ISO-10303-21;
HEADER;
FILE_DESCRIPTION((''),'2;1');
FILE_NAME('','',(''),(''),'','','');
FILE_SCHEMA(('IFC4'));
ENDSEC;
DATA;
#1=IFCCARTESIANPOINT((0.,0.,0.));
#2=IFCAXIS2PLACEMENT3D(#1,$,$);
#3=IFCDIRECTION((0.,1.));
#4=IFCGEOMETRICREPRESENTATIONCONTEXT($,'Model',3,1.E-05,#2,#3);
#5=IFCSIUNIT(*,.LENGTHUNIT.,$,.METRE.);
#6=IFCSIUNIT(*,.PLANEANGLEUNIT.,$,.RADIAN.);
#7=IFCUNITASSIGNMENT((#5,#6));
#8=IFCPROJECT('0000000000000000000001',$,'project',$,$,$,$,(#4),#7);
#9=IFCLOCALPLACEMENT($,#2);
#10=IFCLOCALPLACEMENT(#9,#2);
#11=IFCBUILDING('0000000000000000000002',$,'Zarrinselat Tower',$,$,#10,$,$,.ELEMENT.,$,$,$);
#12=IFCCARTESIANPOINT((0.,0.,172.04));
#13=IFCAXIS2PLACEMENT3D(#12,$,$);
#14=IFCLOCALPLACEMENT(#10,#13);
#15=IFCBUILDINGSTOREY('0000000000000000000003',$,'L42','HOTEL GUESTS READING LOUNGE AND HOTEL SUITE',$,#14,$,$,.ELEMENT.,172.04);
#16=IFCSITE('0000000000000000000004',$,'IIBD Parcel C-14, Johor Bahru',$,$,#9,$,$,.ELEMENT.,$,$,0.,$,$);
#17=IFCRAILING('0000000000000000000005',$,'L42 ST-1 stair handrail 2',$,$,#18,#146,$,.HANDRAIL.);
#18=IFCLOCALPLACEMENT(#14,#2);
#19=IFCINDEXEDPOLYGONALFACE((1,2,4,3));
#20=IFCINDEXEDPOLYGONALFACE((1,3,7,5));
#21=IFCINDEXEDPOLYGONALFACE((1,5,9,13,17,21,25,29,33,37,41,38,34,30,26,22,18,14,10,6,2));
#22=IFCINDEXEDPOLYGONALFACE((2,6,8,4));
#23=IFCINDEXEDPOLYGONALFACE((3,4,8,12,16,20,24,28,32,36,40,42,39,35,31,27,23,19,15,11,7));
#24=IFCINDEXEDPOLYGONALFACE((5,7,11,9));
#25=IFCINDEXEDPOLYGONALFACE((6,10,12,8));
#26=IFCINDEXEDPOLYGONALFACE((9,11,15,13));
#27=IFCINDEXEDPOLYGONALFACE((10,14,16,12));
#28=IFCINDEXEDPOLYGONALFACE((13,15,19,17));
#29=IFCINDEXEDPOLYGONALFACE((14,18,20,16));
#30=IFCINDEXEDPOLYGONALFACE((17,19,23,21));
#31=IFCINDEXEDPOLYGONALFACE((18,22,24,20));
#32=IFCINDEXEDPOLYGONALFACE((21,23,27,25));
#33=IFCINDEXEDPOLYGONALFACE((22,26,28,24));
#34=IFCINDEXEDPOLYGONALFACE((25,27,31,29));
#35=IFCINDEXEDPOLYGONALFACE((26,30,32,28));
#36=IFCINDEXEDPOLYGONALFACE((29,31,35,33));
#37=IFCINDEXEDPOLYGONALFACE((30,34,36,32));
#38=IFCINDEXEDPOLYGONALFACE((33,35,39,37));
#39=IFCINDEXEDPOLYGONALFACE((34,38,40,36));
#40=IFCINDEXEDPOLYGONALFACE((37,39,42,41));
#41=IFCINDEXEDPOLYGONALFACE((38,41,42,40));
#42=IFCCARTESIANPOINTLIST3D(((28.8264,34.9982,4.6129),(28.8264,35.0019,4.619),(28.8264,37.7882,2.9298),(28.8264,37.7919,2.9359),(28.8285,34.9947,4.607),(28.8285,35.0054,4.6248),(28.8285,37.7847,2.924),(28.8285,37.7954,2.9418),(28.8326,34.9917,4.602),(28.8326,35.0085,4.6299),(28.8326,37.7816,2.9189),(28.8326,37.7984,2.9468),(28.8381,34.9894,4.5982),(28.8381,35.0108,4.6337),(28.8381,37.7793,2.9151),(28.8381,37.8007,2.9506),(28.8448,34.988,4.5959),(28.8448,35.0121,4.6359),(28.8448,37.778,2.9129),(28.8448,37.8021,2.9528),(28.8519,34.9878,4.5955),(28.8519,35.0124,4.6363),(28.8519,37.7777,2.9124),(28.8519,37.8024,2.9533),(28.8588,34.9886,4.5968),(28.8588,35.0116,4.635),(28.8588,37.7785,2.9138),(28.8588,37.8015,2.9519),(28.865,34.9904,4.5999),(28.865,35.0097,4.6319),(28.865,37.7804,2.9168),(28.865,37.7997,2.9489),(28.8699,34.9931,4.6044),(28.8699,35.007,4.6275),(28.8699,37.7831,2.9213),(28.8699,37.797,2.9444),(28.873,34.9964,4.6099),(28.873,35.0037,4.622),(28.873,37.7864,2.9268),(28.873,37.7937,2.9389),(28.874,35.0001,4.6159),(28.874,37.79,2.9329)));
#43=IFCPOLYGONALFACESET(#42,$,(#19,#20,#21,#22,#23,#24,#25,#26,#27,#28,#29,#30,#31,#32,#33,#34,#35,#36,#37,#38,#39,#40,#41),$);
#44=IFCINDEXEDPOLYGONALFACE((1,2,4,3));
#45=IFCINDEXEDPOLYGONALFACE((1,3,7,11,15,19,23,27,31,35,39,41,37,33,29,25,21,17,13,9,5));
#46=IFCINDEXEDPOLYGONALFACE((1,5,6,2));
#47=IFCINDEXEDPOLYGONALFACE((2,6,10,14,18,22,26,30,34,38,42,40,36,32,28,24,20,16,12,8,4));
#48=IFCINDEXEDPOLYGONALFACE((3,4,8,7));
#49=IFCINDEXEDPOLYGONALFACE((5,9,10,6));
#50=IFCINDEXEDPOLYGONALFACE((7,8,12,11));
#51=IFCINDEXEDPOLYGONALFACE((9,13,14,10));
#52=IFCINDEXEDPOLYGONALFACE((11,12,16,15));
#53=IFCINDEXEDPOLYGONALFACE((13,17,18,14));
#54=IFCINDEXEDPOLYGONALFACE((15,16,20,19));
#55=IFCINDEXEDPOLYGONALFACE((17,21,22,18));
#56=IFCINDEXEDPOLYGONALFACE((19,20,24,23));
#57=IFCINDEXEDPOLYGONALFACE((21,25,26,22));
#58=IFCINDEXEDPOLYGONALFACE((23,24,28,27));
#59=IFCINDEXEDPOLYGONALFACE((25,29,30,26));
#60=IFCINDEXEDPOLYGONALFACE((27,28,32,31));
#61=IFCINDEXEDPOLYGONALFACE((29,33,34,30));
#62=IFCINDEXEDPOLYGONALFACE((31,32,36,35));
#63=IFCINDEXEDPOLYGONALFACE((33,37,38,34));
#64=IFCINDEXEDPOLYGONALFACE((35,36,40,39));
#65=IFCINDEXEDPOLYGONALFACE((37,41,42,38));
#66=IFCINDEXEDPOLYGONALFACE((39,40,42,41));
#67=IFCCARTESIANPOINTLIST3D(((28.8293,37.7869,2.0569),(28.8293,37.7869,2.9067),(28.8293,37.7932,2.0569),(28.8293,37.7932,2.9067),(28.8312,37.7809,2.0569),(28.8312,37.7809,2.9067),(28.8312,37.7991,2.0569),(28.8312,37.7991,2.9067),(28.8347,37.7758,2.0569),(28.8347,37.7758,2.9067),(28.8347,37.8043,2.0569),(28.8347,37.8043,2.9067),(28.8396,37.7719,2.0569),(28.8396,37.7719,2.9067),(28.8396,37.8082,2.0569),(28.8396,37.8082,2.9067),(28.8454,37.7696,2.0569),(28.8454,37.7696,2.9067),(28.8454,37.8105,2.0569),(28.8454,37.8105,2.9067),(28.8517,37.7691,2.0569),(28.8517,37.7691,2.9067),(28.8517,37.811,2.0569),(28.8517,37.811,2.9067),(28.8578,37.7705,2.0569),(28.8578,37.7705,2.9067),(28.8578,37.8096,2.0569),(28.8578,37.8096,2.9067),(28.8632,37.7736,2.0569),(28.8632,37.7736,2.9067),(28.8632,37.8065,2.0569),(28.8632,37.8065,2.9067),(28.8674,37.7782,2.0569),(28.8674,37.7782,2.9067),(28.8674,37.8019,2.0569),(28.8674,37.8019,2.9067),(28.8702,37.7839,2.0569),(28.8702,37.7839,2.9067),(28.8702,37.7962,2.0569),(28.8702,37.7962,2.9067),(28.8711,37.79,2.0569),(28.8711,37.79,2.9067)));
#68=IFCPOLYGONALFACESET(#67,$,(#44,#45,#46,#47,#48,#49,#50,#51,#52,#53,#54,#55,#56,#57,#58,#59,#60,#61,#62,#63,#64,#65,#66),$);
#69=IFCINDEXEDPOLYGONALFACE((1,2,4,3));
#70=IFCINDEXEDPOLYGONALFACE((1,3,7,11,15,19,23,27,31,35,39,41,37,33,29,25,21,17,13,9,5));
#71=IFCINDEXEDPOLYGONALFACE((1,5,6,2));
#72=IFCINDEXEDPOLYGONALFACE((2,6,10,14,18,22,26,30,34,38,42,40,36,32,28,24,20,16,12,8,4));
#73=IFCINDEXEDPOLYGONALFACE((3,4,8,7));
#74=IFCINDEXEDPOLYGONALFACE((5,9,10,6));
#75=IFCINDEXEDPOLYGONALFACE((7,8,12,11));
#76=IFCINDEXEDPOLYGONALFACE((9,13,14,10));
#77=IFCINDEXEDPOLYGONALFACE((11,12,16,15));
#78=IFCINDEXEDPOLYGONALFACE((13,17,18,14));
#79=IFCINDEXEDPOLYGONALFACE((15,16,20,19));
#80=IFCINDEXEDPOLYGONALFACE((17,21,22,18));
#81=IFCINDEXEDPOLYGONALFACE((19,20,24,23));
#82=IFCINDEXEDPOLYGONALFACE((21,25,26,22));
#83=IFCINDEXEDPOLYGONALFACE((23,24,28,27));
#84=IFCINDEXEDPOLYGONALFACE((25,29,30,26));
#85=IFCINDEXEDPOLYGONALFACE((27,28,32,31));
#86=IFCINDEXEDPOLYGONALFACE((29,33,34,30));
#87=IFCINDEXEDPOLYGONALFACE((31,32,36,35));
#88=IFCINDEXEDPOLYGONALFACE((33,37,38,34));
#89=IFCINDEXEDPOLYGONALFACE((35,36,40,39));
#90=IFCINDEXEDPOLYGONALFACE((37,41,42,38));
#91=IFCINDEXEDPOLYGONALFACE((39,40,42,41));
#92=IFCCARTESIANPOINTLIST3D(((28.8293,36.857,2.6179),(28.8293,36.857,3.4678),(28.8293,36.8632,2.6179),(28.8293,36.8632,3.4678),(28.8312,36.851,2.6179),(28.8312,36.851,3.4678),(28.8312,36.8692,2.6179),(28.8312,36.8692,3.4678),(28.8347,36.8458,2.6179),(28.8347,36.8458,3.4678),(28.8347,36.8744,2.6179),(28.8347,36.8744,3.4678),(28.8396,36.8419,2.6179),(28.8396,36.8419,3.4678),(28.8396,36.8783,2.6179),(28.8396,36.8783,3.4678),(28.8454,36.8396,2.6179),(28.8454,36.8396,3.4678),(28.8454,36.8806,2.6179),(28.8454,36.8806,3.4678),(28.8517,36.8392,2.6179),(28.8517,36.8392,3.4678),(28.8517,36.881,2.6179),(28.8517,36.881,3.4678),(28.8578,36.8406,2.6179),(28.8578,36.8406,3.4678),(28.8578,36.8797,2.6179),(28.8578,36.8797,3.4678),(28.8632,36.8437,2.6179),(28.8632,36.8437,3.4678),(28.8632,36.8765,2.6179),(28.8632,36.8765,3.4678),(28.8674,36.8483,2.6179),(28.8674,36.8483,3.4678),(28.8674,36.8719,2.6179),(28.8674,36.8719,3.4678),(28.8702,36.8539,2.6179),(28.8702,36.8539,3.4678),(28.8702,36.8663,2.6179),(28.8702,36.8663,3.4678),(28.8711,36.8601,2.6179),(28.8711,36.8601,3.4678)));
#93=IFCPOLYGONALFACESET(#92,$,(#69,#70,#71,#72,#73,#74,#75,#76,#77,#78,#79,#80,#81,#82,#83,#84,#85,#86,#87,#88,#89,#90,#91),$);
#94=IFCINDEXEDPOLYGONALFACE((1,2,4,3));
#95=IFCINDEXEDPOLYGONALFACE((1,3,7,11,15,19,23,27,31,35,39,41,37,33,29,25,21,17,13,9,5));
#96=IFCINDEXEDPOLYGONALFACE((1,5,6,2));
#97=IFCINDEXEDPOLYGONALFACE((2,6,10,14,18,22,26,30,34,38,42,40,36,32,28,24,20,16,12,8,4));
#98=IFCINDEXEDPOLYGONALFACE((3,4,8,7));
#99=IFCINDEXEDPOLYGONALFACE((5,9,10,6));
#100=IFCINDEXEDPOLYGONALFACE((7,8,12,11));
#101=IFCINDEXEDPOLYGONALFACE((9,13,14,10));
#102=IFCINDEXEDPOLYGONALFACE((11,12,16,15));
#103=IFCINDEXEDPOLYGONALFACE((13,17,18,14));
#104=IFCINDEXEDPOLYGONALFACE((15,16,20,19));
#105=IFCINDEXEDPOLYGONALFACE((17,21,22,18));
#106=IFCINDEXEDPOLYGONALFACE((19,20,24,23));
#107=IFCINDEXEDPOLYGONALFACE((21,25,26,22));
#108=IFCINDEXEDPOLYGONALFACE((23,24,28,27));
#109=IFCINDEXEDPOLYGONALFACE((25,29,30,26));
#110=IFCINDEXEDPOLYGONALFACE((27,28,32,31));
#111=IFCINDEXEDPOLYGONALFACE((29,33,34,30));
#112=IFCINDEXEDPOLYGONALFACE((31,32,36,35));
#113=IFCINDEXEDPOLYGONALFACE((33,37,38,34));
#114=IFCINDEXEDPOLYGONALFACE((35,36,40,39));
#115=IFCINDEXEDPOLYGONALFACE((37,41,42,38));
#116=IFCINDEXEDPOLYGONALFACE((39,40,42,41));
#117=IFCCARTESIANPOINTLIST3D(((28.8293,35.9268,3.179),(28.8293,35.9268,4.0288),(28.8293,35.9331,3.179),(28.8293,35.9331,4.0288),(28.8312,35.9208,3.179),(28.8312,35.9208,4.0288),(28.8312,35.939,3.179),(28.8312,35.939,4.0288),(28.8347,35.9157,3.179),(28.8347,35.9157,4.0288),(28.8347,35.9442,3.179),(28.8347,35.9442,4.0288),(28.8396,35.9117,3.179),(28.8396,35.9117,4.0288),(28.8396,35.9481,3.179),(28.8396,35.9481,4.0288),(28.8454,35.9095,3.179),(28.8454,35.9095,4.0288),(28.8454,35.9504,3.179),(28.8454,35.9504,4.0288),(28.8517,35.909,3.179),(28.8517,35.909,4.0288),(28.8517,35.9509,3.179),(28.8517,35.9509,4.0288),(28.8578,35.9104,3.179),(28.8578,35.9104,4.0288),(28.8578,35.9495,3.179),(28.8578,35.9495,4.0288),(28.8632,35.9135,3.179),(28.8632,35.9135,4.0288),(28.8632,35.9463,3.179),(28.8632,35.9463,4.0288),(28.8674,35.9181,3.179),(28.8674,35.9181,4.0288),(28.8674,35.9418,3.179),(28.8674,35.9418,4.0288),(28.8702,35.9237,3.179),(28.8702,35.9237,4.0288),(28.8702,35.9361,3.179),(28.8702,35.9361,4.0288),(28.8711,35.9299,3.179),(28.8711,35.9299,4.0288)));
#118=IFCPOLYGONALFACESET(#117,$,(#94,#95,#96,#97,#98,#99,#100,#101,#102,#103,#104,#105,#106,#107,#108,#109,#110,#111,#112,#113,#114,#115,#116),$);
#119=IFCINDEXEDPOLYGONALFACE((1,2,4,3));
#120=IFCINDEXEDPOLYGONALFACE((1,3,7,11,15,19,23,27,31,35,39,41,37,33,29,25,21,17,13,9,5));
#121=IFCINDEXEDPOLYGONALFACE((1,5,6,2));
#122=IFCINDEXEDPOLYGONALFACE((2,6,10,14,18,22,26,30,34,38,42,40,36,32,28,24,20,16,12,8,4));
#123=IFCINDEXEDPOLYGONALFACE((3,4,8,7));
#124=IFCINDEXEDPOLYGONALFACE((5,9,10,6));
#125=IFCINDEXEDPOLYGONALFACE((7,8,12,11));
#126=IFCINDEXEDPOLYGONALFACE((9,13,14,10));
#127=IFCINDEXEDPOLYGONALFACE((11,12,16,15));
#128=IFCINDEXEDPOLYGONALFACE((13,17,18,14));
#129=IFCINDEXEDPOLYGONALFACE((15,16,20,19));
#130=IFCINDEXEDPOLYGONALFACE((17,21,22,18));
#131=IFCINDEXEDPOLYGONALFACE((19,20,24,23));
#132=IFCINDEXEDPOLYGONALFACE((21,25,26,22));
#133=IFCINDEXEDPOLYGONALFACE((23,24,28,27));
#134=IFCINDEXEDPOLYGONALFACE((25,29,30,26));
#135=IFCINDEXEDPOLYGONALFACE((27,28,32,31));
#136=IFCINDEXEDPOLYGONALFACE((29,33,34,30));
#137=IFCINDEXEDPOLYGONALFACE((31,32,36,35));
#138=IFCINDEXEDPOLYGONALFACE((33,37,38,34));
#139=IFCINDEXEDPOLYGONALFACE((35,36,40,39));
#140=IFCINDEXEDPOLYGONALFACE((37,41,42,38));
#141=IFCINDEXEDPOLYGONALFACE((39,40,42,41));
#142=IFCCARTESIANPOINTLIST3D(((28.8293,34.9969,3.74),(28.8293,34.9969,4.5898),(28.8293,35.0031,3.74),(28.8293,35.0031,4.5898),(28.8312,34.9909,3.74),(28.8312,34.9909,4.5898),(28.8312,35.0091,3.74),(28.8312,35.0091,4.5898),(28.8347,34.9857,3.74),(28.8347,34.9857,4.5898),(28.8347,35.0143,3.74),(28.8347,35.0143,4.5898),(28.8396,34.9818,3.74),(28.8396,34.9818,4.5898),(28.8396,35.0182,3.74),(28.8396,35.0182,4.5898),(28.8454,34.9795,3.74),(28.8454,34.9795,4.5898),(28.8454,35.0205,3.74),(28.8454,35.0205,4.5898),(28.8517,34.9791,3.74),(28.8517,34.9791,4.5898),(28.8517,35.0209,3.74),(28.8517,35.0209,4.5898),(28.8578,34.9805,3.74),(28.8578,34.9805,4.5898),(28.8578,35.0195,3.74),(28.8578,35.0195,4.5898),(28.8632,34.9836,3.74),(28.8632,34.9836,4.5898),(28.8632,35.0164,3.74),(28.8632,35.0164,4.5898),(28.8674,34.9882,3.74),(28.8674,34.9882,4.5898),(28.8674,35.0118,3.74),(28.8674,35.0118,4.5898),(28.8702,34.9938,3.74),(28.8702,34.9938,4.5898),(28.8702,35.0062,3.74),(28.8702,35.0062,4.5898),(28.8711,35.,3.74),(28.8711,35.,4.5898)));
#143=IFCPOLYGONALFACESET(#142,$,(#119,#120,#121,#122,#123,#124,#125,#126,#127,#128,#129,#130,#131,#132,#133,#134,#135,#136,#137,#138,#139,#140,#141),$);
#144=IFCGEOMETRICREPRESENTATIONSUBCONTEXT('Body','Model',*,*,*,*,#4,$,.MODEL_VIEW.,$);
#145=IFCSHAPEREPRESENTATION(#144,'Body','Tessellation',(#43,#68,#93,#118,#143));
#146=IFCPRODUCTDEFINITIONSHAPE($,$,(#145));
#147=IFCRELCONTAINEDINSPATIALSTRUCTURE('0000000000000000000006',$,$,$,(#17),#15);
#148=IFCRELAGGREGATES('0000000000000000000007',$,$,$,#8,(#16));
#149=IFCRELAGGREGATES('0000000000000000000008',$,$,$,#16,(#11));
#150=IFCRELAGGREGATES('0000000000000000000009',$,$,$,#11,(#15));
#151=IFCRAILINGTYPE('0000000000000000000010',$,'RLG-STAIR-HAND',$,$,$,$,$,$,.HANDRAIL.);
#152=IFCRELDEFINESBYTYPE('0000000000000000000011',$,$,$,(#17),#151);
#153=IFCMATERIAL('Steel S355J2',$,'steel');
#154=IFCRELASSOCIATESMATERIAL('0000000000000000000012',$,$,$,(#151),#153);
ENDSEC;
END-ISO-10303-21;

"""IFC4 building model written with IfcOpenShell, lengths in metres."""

from ifc_helpers import new_model, si_unit, direction, frame, origin, origin_2d, place, context, subcontext, project, spatial, circle, extrude, material, type_object, element, save


model = new_model("IFC4")

# Units and contexts
model_context = context("Model", 3, precision=1e-05, world=origin(), true_north=direction((0.0, 1.0)))
body_context = subcontext(model_context, "Body", "Model", "MODEL_VIEW")
ifc_project = project(units=[si_unit("LENGTHUNIT", "METRE"), si_unit("PLANEANGLEUNIT", "RADIAN")], contexts=[model_context])

# Site, building, storey
site_placement = place(None, origin())
site = spatial("IfcSite", under=ifc_project, at=site_placement, Name="IIBD Parcel C-14, Johor Bahru", CompositionType="ELEMENT", RefElevation=0.0)
building_placement = place(site_placement, origin())
building = spatial("IfcBuilding", under=site, at=building_placement, Name="Zarrinselat Tower", CompositionType="ELEMENT")
storey_placement = place(building_placement, frame((0.0, 0.0, 172.04)))
storey = spatial("IfcBuildingStorey", under=building, at=storey_placement, Name="L42", Description="HOTEL GUESTS READING LOUNGE AND HOTEL SUITE", CompositionType="ELEMENT", Elevation=172.04)

# Railing
ifc_material_1 = material(Name="Steel S355J2", Category="steel")
railing_type_1 = type_object("IfcRailingType", Name="RLG-STAIR-HAND", PredefinedType="HANDRAIL", material=ifc_material_1)
railing_1_placement = place(storey_placement, frame((28.8501, 37.79, 2.0569)))
element("IfcRailing", 1, at=railing_1_placement, inside=storey, type_object=railing_type_1, Name="L42 ST-1 stair handrail 2", PredefinedType="HANDRAIL", context=body_context, shape_type="SweptSolid", body=[
    extrude(circle(Radius=0.0239, at=origin_2d()), frame((0.0, 0.0, 0.876), z_axis=(0.0, -0.856261, 0.516544), x_axis=(1.0, 0.0, 0.0)), (0.0, 0.0, 1.0), 3.2583),
    extrude(circle(Radius=0.021, at=origin_2d()), origin(), (0.0, 0.0, 1.0), 0.8499),
    extrude(circle(Radius=0.021, at=origin_2d()), frame((0.0, -0.9299, 0.561)), (0.0, 0.0, 1.0), 0.8499),
    extrude(circle(Radius=0.021, at=origin_2d()), frame((0.0, -1.8601, 1.1221)), (0.0, 0.0, 1.0), 0.8499),
    extrude(circle(Radius=0.021, at=origin_2d()), frame((0.0, -2.79, 1.6831)), (0.0, 0.0, 1.0), 0.8499),
])

save(model, "model.ifc")
